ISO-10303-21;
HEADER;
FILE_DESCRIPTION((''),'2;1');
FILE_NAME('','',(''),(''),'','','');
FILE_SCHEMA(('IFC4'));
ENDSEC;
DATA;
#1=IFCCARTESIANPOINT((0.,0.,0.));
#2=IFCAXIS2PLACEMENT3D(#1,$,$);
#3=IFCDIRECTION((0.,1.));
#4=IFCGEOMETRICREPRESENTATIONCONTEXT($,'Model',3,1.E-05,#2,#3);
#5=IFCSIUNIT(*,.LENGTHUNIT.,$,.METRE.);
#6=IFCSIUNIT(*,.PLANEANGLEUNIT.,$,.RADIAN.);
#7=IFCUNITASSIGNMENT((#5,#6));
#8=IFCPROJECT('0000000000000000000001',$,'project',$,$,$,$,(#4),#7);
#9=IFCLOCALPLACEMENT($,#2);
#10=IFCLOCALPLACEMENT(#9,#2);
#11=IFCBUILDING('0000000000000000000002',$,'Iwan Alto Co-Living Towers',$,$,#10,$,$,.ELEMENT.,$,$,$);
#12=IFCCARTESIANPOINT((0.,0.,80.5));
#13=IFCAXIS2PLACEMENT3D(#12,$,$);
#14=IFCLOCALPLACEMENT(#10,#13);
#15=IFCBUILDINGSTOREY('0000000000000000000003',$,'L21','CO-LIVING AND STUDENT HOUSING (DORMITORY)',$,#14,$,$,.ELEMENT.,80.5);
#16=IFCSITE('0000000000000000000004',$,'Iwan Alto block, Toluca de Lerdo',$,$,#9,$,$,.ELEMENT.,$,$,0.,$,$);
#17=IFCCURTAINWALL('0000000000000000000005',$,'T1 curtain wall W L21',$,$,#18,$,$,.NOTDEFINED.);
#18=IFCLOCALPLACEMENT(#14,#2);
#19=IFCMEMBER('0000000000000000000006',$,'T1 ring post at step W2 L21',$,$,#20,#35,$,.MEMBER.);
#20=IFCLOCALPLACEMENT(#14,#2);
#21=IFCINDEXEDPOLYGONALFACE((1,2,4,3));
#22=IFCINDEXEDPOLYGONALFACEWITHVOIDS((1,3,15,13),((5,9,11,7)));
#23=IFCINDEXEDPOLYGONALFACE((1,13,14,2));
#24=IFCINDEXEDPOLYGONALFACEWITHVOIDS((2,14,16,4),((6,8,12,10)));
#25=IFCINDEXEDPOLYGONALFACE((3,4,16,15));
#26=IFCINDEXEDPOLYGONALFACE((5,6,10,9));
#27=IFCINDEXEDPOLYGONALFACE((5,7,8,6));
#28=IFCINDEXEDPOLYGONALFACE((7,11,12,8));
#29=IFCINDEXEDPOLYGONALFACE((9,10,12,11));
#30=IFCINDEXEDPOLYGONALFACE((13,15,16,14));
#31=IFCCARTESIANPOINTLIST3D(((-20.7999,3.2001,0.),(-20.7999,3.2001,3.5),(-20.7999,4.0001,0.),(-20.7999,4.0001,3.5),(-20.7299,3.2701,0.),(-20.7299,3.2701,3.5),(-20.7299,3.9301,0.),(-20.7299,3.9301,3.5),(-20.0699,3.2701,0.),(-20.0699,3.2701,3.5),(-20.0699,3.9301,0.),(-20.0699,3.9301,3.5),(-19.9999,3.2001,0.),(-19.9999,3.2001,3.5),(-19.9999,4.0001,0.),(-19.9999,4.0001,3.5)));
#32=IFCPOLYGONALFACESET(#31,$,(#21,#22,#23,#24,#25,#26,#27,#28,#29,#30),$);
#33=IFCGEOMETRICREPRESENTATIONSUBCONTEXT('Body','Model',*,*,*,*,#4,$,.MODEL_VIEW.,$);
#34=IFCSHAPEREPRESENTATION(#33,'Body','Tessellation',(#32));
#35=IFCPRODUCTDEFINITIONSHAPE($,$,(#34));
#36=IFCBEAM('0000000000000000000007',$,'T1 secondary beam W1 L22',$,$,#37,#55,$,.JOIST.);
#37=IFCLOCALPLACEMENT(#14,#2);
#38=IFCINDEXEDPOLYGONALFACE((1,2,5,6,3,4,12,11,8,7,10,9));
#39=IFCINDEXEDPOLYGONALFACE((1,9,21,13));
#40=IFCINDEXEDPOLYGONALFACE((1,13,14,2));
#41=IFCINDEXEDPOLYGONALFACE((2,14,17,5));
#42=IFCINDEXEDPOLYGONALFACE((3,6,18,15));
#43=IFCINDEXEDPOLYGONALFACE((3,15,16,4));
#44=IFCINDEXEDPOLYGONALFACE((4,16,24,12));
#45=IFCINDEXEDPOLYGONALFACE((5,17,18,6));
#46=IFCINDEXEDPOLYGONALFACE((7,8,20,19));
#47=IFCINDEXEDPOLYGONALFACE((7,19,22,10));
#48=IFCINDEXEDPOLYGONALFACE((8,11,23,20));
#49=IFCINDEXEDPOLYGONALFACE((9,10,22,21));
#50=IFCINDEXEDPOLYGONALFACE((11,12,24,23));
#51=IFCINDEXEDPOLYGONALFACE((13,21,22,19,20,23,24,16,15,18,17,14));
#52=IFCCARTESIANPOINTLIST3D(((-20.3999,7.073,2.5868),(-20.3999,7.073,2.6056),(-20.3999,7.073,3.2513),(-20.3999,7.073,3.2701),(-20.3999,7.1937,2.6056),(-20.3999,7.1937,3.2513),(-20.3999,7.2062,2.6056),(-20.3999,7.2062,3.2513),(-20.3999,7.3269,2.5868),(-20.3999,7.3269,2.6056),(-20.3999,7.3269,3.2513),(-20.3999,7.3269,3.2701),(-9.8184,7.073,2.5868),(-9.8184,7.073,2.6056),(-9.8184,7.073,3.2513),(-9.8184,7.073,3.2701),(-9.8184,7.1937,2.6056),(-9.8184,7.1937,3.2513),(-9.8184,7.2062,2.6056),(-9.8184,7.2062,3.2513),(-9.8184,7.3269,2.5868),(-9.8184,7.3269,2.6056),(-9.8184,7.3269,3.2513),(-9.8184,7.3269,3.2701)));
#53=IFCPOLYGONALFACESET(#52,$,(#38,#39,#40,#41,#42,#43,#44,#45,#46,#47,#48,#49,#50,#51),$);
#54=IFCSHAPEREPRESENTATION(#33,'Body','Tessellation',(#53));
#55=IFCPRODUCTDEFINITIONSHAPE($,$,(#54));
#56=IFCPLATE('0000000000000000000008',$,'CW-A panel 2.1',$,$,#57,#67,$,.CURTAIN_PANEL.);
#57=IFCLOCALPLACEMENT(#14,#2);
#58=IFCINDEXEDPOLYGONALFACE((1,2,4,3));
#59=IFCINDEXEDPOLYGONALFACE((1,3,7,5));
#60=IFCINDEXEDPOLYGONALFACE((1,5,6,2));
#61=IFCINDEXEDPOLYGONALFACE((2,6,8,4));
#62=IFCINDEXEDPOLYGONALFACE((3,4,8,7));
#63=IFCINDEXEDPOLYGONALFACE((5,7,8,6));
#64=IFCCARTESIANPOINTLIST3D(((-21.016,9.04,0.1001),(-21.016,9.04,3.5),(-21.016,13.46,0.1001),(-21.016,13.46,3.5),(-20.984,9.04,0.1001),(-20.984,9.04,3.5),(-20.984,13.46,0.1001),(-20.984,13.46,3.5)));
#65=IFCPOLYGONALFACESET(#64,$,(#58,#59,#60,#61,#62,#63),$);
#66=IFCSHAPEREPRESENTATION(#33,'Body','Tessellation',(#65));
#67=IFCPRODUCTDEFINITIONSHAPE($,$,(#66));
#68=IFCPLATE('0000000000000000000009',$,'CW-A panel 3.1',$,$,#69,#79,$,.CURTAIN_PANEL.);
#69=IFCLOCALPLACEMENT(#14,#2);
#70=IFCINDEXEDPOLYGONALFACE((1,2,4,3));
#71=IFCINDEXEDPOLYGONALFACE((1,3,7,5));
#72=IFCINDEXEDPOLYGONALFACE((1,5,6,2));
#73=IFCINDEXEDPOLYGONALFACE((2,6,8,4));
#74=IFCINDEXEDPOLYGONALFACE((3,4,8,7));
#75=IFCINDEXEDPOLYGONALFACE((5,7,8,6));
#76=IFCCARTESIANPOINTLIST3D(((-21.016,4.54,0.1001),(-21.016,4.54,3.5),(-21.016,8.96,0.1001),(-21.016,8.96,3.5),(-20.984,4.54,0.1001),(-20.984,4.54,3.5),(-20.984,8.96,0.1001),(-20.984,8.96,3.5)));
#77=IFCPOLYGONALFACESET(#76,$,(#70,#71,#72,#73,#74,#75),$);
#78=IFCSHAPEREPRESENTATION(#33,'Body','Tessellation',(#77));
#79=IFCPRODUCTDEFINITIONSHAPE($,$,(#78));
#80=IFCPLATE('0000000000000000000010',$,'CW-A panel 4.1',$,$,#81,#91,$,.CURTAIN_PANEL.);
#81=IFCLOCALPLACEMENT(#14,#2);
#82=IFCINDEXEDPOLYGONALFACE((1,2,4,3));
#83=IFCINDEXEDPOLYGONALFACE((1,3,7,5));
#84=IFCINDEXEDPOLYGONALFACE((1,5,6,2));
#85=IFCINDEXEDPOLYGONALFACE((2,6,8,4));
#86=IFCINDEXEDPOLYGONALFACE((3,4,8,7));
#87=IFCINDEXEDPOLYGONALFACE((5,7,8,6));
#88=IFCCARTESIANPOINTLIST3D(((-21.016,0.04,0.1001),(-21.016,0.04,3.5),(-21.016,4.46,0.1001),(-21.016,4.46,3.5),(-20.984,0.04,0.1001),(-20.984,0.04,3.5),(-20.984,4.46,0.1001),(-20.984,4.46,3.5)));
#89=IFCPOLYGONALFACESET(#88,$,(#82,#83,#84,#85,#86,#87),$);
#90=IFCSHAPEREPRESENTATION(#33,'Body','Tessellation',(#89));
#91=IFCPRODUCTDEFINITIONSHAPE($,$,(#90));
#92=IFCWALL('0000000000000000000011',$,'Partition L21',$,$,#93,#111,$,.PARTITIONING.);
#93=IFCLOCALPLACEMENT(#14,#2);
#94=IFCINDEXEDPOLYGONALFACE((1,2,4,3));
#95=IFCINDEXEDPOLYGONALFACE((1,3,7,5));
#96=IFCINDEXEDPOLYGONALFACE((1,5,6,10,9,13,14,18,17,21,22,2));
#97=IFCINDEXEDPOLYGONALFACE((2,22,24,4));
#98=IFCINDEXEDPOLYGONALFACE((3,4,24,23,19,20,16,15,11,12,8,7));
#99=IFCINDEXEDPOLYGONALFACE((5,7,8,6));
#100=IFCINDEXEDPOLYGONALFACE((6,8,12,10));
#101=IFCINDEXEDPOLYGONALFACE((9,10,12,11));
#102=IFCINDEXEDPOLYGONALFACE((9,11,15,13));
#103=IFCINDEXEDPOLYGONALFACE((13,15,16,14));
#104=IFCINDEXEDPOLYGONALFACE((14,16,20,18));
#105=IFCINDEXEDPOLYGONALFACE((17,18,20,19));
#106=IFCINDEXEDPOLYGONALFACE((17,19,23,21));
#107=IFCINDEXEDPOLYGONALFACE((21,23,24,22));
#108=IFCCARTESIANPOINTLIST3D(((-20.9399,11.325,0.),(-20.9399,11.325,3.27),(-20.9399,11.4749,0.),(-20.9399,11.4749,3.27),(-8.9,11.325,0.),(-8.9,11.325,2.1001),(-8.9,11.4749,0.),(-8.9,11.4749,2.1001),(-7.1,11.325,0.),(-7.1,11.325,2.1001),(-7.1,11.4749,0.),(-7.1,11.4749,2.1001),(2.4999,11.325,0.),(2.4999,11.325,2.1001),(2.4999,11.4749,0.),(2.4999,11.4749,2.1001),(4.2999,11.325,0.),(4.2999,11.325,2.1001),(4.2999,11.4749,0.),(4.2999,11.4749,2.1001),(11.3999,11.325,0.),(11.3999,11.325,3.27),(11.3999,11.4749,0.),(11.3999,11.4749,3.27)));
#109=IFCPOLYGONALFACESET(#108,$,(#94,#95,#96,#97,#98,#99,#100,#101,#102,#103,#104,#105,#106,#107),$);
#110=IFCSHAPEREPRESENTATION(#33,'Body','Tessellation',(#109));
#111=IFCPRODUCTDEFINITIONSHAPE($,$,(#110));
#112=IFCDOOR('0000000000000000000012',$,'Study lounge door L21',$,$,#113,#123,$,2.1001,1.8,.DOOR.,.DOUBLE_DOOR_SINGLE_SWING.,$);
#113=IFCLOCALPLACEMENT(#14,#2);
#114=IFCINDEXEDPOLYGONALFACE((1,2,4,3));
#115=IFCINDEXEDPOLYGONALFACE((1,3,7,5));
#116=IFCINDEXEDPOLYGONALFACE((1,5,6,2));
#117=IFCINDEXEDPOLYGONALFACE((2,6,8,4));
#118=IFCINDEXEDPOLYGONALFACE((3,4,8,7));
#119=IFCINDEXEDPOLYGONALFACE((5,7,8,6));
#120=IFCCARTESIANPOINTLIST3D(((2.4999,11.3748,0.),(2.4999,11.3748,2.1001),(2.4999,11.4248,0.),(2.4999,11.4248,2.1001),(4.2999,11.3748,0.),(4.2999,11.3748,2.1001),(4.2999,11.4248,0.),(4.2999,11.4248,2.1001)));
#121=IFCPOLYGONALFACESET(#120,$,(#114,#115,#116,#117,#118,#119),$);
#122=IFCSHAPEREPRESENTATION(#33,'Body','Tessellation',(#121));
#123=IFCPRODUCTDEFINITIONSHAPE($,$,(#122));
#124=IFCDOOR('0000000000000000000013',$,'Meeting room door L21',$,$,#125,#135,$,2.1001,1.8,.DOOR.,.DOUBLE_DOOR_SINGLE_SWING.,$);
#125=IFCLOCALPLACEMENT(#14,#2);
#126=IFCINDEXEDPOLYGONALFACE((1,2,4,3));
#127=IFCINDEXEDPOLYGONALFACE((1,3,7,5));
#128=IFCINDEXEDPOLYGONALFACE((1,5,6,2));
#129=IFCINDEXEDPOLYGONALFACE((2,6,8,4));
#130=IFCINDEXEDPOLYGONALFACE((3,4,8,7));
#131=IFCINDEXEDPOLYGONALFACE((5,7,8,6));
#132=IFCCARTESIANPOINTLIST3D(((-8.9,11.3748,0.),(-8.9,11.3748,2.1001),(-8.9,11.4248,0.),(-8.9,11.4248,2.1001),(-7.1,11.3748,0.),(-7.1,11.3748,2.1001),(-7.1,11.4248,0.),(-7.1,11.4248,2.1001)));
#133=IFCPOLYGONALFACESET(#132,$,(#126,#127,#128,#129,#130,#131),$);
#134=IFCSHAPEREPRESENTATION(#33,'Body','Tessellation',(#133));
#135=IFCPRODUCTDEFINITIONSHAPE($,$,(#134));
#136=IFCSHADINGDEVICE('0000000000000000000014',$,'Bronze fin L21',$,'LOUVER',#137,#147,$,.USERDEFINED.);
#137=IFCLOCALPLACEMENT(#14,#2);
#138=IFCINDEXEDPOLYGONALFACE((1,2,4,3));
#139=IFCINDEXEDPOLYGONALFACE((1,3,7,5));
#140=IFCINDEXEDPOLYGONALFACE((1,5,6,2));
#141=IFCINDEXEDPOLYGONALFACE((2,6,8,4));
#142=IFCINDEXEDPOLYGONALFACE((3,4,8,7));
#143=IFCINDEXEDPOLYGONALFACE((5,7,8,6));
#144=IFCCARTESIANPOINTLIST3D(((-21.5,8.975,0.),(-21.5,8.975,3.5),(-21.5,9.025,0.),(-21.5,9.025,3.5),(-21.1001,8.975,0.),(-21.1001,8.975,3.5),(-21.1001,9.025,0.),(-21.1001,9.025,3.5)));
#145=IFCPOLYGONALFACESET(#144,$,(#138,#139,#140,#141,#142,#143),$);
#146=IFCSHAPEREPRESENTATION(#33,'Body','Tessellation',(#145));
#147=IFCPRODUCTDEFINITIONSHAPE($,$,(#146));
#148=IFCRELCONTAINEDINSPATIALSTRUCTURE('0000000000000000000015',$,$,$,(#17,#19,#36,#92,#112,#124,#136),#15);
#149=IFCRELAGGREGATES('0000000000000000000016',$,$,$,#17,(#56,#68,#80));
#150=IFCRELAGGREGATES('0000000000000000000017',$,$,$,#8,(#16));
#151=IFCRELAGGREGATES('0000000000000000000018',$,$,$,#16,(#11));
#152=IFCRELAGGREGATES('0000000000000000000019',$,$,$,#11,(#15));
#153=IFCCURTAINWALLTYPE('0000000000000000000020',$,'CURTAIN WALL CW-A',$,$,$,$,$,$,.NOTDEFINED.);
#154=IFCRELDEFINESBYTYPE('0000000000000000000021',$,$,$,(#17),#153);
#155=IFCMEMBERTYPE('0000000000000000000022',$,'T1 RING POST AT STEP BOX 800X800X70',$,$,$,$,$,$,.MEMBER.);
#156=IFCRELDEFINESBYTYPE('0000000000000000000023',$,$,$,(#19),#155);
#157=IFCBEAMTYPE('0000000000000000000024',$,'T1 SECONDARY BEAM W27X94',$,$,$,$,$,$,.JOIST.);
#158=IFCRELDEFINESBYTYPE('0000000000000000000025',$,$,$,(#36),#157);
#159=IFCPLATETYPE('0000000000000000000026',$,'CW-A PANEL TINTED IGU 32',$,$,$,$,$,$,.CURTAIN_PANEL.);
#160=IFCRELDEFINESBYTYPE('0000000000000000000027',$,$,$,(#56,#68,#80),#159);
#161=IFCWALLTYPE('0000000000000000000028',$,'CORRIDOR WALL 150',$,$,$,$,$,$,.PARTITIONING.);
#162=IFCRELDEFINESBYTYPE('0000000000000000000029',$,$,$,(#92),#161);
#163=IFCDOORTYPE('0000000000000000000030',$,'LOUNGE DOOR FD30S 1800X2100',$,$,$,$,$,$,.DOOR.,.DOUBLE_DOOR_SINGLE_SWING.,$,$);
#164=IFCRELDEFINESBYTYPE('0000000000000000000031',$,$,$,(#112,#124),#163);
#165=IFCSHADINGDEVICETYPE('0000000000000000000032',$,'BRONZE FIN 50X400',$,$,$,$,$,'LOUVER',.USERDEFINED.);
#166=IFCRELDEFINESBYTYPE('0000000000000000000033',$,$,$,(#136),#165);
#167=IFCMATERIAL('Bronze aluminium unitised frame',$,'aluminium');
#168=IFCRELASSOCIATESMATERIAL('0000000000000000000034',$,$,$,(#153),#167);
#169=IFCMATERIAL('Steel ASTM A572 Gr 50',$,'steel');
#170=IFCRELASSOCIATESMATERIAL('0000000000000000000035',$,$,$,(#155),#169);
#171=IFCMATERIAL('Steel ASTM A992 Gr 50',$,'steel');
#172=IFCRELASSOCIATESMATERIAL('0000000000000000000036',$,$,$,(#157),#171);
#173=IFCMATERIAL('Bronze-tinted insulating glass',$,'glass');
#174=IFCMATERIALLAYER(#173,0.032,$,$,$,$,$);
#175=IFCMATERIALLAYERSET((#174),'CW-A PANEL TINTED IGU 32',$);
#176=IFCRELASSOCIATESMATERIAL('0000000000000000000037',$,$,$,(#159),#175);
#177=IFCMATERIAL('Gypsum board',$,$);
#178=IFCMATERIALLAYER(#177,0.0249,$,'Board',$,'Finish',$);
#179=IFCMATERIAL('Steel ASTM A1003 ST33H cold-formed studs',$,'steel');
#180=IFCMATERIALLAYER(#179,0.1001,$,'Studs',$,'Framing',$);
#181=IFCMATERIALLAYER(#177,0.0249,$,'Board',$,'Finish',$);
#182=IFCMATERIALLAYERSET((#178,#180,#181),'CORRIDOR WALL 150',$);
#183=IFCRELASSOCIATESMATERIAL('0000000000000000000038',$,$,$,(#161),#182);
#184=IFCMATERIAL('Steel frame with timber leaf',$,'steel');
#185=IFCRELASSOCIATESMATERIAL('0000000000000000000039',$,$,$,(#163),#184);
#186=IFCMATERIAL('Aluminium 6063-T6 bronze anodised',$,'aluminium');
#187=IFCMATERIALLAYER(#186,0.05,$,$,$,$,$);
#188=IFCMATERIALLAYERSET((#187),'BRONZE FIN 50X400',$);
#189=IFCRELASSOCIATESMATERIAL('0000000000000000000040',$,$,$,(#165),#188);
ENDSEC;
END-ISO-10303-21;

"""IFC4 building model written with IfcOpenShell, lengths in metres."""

from ifc_helpers import new_model, si_unit, direction, frame, frame_2d, origin, origin_2d, place, context, subcontext, project, spatial, rectangle, hollow_rectangle, i_section, extrude, material, layer, layer_set, material_profile, profile_set, type_object, element, fill, aggregate, save


model = new_model("IFC4")

# Units and contexts
model_context = context("Model", 3, precision=1e-05, world=origin(), true_north=direction((0.0, 1.0)))
body_context = subcontext(model_context, "Body", "Model", "MODEL_VIEW")
ifc_project = project(units=[si_unit("LENGTHUNIT", "METRE"), si_unit("PLANEANGLEUNIT", "RADIAN")], contexts=[model_context])

# Site, building, storey
site_placement = place(None, origin())
site = spatial("IfcSite", under=ifc_project, at=site_placement, Name="Iwan Alto block, Toluca de Lerdo", CompositionType="ELEMENT", RefElevation=0.0)
building_placement = place(site_placement, origin())
building = spatial("IfcBuilding", under=site, at=building_placement, Name="Iwan Alto Co-Living Towers", CompositionType="ELEMENT")
storey_placement = place(building_placement, frame((0.0, 0.0, 80.5)))
storey = spatial("IfcBuildingStorey", under=building, at=storey_placement, Name="L21", Description="CO-LIVING AND STUDENT HOUSING (DORMITORY)", CompositionType="ELEMENT", Elevation=80.5)

# Curtain wall
ifc_material_1 = material(Name="Bronze aluminium unitised frame", Category="aluminium")
curtain_wall_type = type_object("IfcCurtainWallType", Name="CURTAIN WALL CW-A", PredefinedType="NOTDEFINED", material=ifc_material_1)
curtain_wall_placement = place(storey_placement, origin())
curtain_wall = element("IfcCurtainWall", 1, at=curtain_wall_placement, inside=storey, type_object=curtain_wall_type, Name="T1 curtain wall W L21", PredefinedType="NOTDEFINED")

# Member
ifc_material_2 = material(Name="Steel ASTM A572 Gr 50", Category="steel")
ifc_material_profile_1 = material_profile(ifc_material_2, hollow_rectangle(XDim=0.8, YDim=0.8, WallThickness=0.0701, at=origin_2d()), Name="BOX 800X800X70")
ifc_profile_set_1 = profile_set([ifc_material_profile_1], Name="Steel ASTM A572 Gr 50")
member_type_1 = type_object("IfcMemberType", Name="T1 RING POST AT STEP BOX 800X800X70", PredefinedType="MEMBER", material=ifc_profile_set_1)
for number, where, z_axis, x_axis, name in (
    (2, (-20.3999, 3.6001, 0.0), (0.0, 0.0, 1.0), (1.0, 0.0, 0.0), "T1 ring post at step W2 L21"),
):
    element("IfcMember", number, at=place(storey_placement, frame(where, z_axis=z_axis, x_axis=x_axis)), inside=storey, type_object=member_type_1, Name=name, PredefinedType="MEMBER", context=body_context, shape_type="SweptSolid", body=[
        extrude(hollow_rectangle(XDim=0.8, YDim=0.8, WallThickness=0.0701, at=origin_2d()), origin(), (0.0, 0.0, 1.0), 3.5),
    ])

# Beam
ifc_material_3 = material(Name="Steel ASTM A992 Gr 50", Category="steel")
ifc_material_profile_2 = material_profile(ifc_material_3, i_section(OverallWidth=0.2539, OverallDepth=0.6833, WebThickness=0.0125, FlangeThickness=0.0188, at=origin_2d()), Name="W27X94")
ifc_profile_set_2 = profile_set([ifc_material_profile_2], Name="Steel ASTM A992 Gr 50")
beam_type_1 = type_object("IfcBeamType", Name="T1 SECONDARY BEAM W27X94", PredefinedType="JOIST", material=ifc_profile_set_2)
beam_1_placement = place(storey_placement, frame((-20.3999, 7.2, 2.9285), z_axis=(1.0, 0.0, 0.0), x_axis=(0.0, 1.0, 0.0)))
element("IfcBeam", 3, at=beam_1_placement, inside=storey, type_object=beam_type_1, Name="T1 secondary beam W1 L22", PredefinedType="JOIST", context=body_context, shape_type="SweptSolid", body=[
    extrude(i_section(OverallWidth=0.2539, OverallDepth=0.6833, WebThickness=0.0125, FlangeThickness=0.0188, at=origin_2d()), origin(), (0.0, 0.0, 1.0), 10.5815),
])

# Plates
ifc_material_4 = material(Name="Bronze-tinted insulating glass", Category="glass")
ifc_layer_1 = layer(ifc_material_4, 0.032)
ifc_layer_set_1 = layer_set([ifc_layer_1], Name="CW-A PANEL TINTED IGU 32")
plate_type = type_object("IfcPlateType", Name="CW-A PANEL TINTED IGU 32", PredefinedType="CURTAIN_PANEL", material=ifc_layer_set_1)
plate_1_placement = place(storey_placement, frame((-21.0, 11.25, 0.1001), z_axis=(0.0, 0.0, 1.0), x_axis=(0.0, -1.0, 0.0)))
plate_1 = element("IfcPlate", 4, at=plate_1_placement, type_object=plate_type, Name="CW-A panel 2.1", PredefinedType="CURTAIN_PANEL", context=body_context, shape_type="SweptSolid", body=[
    extrude(rectangle(XDim=4.4199, YDim=0.032, at=origin_2d()), origin(), (0.0, 0.0, 1.0), 3.3999),
])
plate_2_placement = place(storey_placement, frame((-21.0, 6.75, 0.1001), z_axis=(0.0, 0.0, 1.0), x_axis=(0.0, -1.0, 0.0)))
plate_2 = element("IfcPlate", 5, at=plate_2_placement, type_object=plate_type, Name="CW-A panel 3.1", PredefinedType="CURTAIN_PANEL", context=body_context, shape_type="SweptSolid", body=[
    extrude(rectangle(XDim=4.4199, YDim=0.032, at=origin_2d()), origin(), (0.0, 0.0, 1.0), 3.3999),
])
plate_3_placement = place(storey_placement, frame((-21.0, 2.25, 0.1001), z_axis=(0.0, 0.0, 1.0), x_axis=(0.0, -1.0, 0.0)))
plate_3 = element("IfcPlate", 6, at=plate_3_placement, type_object=plate_type, Name="CW-A panel 4.1", PredefinedType="CURTAIN_PANEL", context=body_context, shape_type="SweptSolid", body=[
    extrude(rectangle(XDim=4.4199, YDim=0.032, at=origin_2d()), origin(), (0.0, 0.0, 1.0), 3.3999),
])
aggregate(curtain_wall, [plate_1, plate_2, plate_3])

# Wall, openings, doors
ifc_material_5 = material(Name="Gypsum board")
ifc_layer_2 = layer(ifc_material_5, 0.0249, Name="Board", Category="Finish")
ifc_material_6 = material(Name="Steel ASTM A1003 ST33H cold-formed studs", Category="steel")
ifc_layer_3 = layer(ifc_material_6, 0.1001, Name="Studs", Category="Framing")
ifc_layer_4 = layer(ifc_material_5, 0.0249, Name="Board", Category="Finish")
ifc_layer_set_2 = layer_set([ifc_layer_2, ifc_layer_3, ifc_layer_4], Name="CORRIDOR WALL 150")
wall_type = type_object("IfcWallType", Name="CORRIDOR WALL 150", PredefinedType="PARTITIONING", material=ifc_layer_set_2)
wall_placement = place(storey_placement, frame((-20.9399, 11.3999, 0.0), z_axis=(0.0, 0.0, 1.0), x_axis=(1.0, 0.0, 0.0)))
wall = element("IfcWall", 7, at=wall_placement, inside=storey, type_object=wall_type, Name="Partition L21", PredefinedType="PARTITIONING", context=body_context, shape_type="SweptSolid", body=[
    extrude(rectangle(XDim=32.3398, YDim=0.1499, at=frame_2d((16.1699, 0.0))), origin(), (0.0, 0.0, 1.0), 3.27),
])
opening_1_placement = place(wall_placement, frame((23.4399, 0.0, 0.0)))
opening_1 = element("IfcOpeningElement", 8, at=opening_1_placement, cuts=wall, PredefinedType="OPENING", context=body_context, shape_type="SweptSolid", body=[
    extrude(rectangle(XDim=1.8, YDim=2.1001, at=frame_2d((0.8999, 1.05))), frame((0.0, 0.085, 0.0), z_axis=(0.0, -1.0, 0.0), x_axis=(1.0, 0.0, 0.0)), (0.0, 0.0, 1.0), 0.1699),
])
opening_2_placement = place(wall_placement, frame((12.04, 0.0, 0.0)))
opening_2 = element("IfcOpeningElement", 9, at=opening_2_placement, cuts=wall, PredefinedType="OPENING", context=body_context, shape_type="SweptSolid", body=[
    extrude(rectangle(XDim=1.8, YDim=2.1001, at=frame_2d((0.8999, 1.05))), frame((0.0, 0.085, 0.0), z_axis=(0.0, -1.0, 0.0), x_axis=(1.0, 0.0, 0.0)), (0.0, 0.0, 1.0), 0.1699),
])
ifc_material_7 = material(Name="Steel frame with timber leaf", Category="steel")
door_type = type_object("IfcDoorType", Name="LOUNGE DOOR FD30S 1800X2100", OperationType="DOUBLE_DOOR_SINGLE_SWING", PredefinedType="DOOR", material=ifc_material_7)
door_1_placement = place(opening_1_placement, origin())
door_1 = element("IfcDoor", 10, at=door_1_placement, inside=storey, type_object=door_type, Name="Study lounge door L21", OperationType="DOUBLE_DOOR_SINGLE_SWING", OverallHeight=2.1001, OverallWidth=1.8, PredefinedType="DOOR", context=body_context, shape_type="SweptSolid", body=[
    extrude(rectangle(XDim=1.8, YDim=2.1001, at=frame_2d((0.8999, 1.05))), frame((0.0, 0.0249, 0.0), z_axis=(0.0, -1.0, 0.0), x_axis=(1.0, 0.0, 0.0)), (0.0, 0.0, 1.0), 0.05),
])
fill(opening_1, door_1)
door_2_placement = place(opening_2_placement, origin())
door_2 = element("IfcDoor", 11, at=door_2_placement, inside=storey, type_object=door_type, Name="Meeting room door L21", OperationType="DOUBLE_DOOR_SINGLE_SWING", OverallHeight=2.1001, OverallWidth=1.8, PredefinedType="DOOR", context=body_context, shape_type="SweptSolid", body=[
    extrude(rectangle(XDim=1.8, YDim=2.1001, at=frame_2d((0.8999, 1.05))), frame((0.0, 0.0249, 0.0), z_axis=(0.0, -1.0, 0.0), x_axis=(1.0, 0.0, 0.0)), (0.0, 0.0, 1.0), 0.05),
])
fill(opening_2, door_2)

# Shading device
ifc_material_8 = material(Name="Aluminium 6063-T6 bronze anodised", Category="aluminium")
ifc_layer_5 = layer(ifc_material_8, 0.05)
ifc_layer_set_3 = layer_set([ifc_layer_5], Name="BRONZE FIN 50X400")
shading_device_type = type_object("IfcShadingDeviceType", Name="BRONZE FIN 50X400", ElementType="LOUVER", PredefinedType="USERDEFINED", material=ifc_layer_set_3)
shading_device_placement = place(storey_placement, frame((-21.3, 9.0, 0.0), z_axis=(0.0, 0.0, 1.0), x_axis=(0.0, -1.0, 0.0)))
element("IfcShadingDevice", 12, at=shading_device_placement, inside=storey, type_object=shading_device_type, Name="Bronze fin L21", ObjectType="LOUVER", PredefinedType="USERDEFINED", context=body_context, shape_type="SweptSolid", body=[
    extrude(rectangle(XDim=0.05, YDim=0.3999, at=origin_2d()), origin(), (0.0, 0.0, 1.0), 3.5),
])

save(model, "model.ifc")
